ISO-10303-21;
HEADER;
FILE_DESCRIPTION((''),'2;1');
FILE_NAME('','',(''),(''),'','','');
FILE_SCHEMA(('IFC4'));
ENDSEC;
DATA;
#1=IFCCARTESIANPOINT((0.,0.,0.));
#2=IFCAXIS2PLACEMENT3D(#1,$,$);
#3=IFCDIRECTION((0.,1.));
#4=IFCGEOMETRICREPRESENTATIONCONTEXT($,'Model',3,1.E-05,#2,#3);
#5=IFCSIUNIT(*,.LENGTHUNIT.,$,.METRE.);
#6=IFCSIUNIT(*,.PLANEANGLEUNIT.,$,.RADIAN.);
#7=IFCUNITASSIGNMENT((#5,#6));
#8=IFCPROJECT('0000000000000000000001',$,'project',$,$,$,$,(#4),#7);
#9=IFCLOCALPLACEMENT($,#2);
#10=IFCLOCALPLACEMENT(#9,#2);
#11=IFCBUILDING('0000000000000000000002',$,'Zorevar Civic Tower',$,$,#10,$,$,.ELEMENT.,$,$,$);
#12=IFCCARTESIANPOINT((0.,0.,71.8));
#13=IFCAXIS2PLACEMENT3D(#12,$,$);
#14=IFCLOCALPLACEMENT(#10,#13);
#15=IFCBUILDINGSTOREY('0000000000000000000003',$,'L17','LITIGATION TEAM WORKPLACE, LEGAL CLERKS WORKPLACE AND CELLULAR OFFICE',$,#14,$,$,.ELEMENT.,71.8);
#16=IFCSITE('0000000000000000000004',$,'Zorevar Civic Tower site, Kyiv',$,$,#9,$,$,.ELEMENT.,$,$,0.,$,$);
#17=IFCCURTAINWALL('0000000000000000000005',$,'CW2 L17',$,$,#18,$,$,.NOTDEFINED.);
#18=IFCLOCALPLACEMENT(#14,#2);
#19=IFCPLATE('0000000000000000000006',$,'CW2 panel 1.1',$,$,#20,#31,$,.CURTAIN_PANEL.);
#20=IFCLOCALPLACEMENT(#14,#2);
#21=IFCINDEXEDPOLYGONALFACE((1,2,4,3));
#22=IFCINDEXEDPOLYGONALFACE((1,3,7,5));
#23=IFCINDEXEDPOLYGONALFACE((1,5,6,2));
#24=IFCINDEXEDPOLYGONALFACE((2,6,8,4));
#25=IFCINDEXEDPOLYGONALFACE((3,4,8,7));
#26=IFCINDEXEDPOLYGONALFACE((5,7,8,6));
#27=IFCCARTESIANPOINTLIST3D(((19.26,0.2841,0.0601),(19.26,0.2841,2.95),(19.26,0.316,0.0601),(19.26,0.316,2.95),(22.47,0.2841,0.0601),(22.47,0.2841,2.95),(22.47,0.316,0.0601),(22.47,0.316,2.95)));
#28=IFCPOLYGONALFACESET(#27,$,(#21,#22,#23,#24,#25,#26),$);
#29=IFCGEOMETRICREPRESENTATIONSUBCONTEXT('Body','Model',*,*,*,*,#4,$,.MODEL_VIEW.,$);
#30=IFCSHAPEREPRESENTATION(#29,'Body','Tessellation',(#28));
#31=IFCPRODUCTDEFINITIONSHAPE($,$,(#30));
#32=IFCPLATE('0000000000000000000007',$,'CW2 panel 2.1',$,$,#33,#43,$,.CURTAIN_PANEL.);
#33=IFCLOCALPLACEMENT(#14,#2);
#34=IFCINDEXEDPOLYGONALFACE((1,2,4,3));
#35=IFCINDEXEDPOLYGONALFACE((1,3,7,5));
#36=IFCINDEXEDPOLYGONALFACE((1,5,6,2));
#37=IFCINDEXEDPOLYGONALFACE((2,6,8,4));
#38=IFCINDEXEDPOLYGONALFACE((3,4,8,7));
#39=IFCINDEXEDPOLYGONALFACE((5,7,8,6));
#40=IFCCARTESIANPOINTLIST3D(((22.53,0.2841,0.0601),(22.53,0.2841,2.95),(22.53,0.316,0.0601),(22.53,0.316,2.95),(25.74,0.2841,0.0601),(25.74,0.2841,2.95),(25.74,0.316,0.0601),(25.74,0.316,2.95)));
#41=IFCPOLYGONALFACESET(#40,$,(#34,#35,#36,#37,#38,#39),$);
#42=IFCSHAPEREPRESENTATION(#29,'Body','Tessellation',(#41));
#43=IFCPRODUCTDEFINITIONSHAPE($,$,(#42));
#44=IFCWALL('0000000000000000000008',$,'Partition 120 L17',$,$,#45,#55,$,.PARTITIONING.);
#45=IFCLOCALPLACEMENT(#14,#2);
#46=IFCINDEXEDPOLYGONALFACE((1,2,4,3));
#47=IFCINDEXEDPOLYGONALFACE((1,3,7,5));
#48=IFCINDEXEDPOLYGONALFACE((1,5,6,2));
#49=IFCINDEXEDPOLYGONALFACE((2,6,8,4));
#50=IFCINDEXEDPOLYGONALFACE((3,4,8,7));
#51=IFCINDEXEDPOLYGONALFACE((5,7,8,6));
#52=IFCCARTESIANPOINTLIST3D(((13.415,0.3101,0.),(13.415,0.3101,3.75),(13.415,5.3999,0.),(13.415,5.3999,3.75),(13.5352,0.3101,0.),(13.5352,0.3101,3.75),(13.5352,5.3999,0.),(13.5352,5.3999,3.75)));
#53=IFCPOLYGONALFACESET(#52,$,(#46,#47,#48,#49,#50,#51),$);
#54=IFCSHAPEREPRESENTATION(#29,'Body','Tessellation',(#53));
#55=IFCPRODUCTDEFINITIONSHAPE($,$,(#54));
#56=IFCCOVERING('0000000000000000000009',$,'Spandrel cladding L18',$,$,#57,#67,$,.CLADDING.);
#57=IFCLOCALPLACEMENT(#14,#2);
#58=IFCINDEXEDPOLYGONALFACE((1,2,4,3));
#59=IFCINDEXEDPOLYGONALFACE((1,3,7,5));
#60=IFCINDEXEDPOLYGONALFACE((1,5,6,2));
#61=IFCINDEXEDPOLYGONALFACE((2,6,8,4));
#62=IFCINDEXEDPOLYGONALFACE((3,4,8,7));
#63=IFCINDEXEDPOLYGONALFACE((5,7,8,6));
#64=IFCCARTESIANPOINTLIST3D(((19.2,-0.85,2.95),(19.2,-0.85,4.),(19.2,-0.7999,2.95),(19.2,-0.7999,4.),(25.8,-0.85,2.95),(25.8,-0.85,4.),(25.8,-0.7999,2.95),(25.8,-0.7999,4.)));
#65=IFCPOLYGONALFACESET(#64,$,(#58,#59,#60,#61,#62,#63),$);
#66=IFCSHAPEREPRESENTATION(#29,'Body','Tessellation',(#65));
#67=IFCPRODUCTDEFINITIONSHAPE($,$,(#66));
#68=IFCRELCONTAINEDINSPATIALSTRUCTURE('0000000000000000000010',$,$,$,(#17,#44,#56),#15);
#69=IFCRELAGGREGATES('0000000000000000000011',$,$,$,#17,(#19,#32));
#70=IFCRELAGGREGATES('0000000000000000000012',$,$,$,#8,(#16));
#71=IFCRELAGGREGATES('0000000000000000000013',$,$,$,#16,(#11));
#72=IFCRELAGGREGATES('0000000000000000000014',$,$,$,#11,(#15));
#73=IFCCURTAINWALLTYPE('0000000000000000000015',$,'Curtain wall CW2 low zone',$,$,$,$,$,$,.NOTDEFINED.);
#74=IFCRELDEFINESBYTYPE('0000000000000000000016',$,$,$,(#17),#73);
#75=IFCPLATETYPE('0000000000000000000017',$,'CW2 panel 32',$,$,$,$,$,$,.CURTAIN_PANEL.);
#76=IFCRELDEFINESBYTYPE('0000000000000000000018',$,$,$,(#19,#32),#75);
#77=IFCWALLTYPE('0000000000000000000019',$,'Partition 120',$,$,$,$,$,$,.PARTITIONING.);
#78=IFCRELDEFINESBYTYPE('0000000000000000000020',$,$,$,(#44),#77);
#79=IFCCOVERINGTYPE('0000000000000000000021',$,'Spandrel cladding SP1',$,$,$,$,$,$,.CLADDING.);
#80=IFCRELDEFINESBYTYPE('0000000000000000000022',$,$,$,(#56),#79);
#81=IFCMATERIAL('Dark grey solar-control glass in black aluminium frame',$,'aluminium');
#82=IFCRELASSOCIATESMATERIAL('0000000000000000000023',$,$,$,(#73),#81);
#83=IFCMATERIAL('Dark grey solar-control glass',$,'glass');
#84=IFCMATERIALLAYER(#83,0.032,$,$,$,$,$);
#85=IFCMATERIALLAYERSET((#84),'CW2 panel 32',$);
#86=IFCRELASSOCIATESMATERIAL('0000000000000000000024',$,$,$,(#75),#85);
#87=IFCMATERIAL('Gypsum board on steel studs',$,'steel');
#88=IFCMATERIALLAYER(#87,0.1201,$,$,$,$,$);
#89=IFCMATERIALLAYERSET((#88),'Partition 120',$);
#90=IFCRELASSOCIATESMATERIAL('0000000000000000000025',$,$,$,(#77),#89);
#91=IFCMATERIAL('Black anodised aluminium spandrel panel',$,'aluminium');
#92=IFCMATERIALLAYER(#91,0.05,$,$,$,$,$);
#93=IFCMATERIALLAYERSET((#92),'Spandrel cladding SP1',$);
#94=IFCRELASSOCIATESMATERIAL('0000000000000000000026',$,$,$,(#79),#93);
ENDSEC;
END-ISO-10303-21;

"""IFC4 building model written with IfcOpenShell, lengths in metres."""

from ifc_helpers import new_model, si_unit, direction, frame, frame_2d, origin, origin_2d, place, context, subcontext, project, spatial, rectangle, extrude, material, layer, layer_set, type_object, element, aggregate, save


model = new_model("IFC4")

# Units and contexts
model_context = context("Model", 3, precision=1e-05, world=origin(), true_north=direction((0.0, 1.0)))
body_context = subcontext(model_context, "Body", "Model", "MODEL_VIEW")
ifc_project = project(units=[si_unit("LENGTHUNIT", "METRE"), si_unit("PLANEANGLEUNIT", "RADIAN")], contexts=[model_context])

# Site, building, storey
site_placement = place(None, origin())
site = spatial("IfcSite", under=ifc_project, at=site_placement, Name="Zorevar Civic Tower site, Kyiv", CompositionType="ELEMENT", RefElevation=0.0)
building_placement = place(site_placement, origin())
building = spatial("IfcBuilding", under=site, at=building_placement, Name="Zorevar Civic Tower", CompositionType="ELEMENT")
storey_placement = place(building_placement, frame((0.0, 0.0, 71.8)))
storey = spatial("IfcBuildingStorey", under=building, at=storey_placement, Name="L17", Description="LITIGATION TEAM WORKPLACE, LEGAL CLERKS WORKPLACE AND CELLULAR OFFICE", CompositionType="ELEMENT", Elevation=71.8)

# Curtain wall
ifc_material_1 = material(Name="Dark grey solar-control glass in black aluminium frame", Category="aluminium")
curtain_wall_type = type_object("IfcCurtainWallType", Name="Curtain wall CW2 low zone", PredefinedType="NOTDEFINED", material=ifc_material_1)
curtain_wall_1_placement = place(storey_placement, origin())
curtain_wall_1 = element("IfcCurtainWall", 1, at=curtain_wall_1_placement, inside=storey, type_object=curtain_wall_type, Name="CW2 L17", PredefinedType="NOTDEFINED")

# Plates
ifc_material_2 = material(Name="Dark grey solar-control glass", Category="glass")
ifc_layer_1 = layer(ifc_material_2, 0.032)
ifc_layer_set_1 = layer_set([ifc_layer_1], Name="CW2 panel 32")
plate_type = type_object("IfcPlateType", Name="CW2 panel 32", PredefinedType="CURTAIN_PANEL", material=ifc_layer_set_1)
plate_1_placement = place(storey_placement, frame((20.865, 0.3, 0.0601), z_axis=(0.0, 0.0, 1.0), x_axis=(1.0, 0.0, 0.0)))
plate_1 = element("IfcPlate", 2, at=plate_1_placement, type_object=plate_type, Name="CW2 panel 1.1", PredefinedType="CURTAIN_PANEL", context=body_context, shape_type="SweptSolid", body=[
    extrude(rectangle(XDim=3.21, YDim=0.032, at=origin_2d()), origin(), (0.0, 0.0, 1.0), 2.8899),
])
plate_2_placement = place(storey_placement, frame((24.135, 0.3, 0.0601), z_axis=(0.0, 0.0, 1.0), x_axis=(1.0, 0.0, 0.0)))
plate_2 = element("IfcPlate", 3, at=plate_2_placement, type_object=plate_type, Name="CW2 panel 2.1", PredefinedType="CURTAIN_PANEL", context=body_context, shape_type="SweptSolid", body=[
    extrude(rectangle(XDim=3.21, YDim=0.032, at=origin_2d()), origin(), (0.0, 0.0, 1.0), 2.8899),
])
aggregate(curtain_wall_1, [plate_1, plate_2])

# Wall
ifc_material_3 = material(Name="Gypsum board on steel studs", Category="steel")
ifc_layer_2 = layer(ifc_material_3, 0.1201)
ifc_layer_set_2 = layer_set([ifc_layer_2], Name="Partition 120")
wall_type = type_object("IfcWallType", Name="Partition 120", PredefinedType="PARTITIONING", material=ifc_layer_set_2)
wall_placement = place(storey_placement, frame((13.4751, 0.3101, 0.0), z_axis=(0.0, 0.0, 1.0), x_axis=(0.0, 1.0, 0.0)))
element("IfcWall", 4, at=wall_placement, inside=storey, type_object=wall_type, Name="Partition 120 L17", PredefinedType="PARTITIONING", context=body_context, shape_type="SweptSolid", body=[
    extrude(rectangle(XDim=5.0898, YDim=0.1201, at=frame_2d((2.5449, 0.0))), origin(), (0.0, 0.0, 1.0), 3.75),
])

# Covering
ifc_material_4 = material(Name="Black anodised aluminium spandrel panel", Category="aluminium")
ifc_layer_3 = layer(ifc_material_4, 0.05)
ifc_layer_set_3 = layer_set([ifc_layer_3], Name="Spandrel cladding SP1")
covering_type = type_object("IfcCoveringType", Name="Spandrel cladding SP1", PredefinedType="CLADDING", material=ifc_layer_set_3)
covering_placement = place(storey_placement, frame((19.2, -0.825, 2.95), z_axis=(0.0, 0.0, 1.0), x_axis=(1.0, 0.0, 0.0)))
element("IfcCovering", 5, at=covering_placement, inside=storey, type_object=covering_type, Name="Spandrel cladding L18", PredefinedType="CLADDING", context=body_context, shape_type="SweptSolid", body=[
    extrude(rectangle(XDim=6.6001, YDim=0.05, at=frame_2d((3.3, 0.0))), origin(), (0.0, 0.0, 1.0), 1.05),
])

save(model, "model.ifc")
